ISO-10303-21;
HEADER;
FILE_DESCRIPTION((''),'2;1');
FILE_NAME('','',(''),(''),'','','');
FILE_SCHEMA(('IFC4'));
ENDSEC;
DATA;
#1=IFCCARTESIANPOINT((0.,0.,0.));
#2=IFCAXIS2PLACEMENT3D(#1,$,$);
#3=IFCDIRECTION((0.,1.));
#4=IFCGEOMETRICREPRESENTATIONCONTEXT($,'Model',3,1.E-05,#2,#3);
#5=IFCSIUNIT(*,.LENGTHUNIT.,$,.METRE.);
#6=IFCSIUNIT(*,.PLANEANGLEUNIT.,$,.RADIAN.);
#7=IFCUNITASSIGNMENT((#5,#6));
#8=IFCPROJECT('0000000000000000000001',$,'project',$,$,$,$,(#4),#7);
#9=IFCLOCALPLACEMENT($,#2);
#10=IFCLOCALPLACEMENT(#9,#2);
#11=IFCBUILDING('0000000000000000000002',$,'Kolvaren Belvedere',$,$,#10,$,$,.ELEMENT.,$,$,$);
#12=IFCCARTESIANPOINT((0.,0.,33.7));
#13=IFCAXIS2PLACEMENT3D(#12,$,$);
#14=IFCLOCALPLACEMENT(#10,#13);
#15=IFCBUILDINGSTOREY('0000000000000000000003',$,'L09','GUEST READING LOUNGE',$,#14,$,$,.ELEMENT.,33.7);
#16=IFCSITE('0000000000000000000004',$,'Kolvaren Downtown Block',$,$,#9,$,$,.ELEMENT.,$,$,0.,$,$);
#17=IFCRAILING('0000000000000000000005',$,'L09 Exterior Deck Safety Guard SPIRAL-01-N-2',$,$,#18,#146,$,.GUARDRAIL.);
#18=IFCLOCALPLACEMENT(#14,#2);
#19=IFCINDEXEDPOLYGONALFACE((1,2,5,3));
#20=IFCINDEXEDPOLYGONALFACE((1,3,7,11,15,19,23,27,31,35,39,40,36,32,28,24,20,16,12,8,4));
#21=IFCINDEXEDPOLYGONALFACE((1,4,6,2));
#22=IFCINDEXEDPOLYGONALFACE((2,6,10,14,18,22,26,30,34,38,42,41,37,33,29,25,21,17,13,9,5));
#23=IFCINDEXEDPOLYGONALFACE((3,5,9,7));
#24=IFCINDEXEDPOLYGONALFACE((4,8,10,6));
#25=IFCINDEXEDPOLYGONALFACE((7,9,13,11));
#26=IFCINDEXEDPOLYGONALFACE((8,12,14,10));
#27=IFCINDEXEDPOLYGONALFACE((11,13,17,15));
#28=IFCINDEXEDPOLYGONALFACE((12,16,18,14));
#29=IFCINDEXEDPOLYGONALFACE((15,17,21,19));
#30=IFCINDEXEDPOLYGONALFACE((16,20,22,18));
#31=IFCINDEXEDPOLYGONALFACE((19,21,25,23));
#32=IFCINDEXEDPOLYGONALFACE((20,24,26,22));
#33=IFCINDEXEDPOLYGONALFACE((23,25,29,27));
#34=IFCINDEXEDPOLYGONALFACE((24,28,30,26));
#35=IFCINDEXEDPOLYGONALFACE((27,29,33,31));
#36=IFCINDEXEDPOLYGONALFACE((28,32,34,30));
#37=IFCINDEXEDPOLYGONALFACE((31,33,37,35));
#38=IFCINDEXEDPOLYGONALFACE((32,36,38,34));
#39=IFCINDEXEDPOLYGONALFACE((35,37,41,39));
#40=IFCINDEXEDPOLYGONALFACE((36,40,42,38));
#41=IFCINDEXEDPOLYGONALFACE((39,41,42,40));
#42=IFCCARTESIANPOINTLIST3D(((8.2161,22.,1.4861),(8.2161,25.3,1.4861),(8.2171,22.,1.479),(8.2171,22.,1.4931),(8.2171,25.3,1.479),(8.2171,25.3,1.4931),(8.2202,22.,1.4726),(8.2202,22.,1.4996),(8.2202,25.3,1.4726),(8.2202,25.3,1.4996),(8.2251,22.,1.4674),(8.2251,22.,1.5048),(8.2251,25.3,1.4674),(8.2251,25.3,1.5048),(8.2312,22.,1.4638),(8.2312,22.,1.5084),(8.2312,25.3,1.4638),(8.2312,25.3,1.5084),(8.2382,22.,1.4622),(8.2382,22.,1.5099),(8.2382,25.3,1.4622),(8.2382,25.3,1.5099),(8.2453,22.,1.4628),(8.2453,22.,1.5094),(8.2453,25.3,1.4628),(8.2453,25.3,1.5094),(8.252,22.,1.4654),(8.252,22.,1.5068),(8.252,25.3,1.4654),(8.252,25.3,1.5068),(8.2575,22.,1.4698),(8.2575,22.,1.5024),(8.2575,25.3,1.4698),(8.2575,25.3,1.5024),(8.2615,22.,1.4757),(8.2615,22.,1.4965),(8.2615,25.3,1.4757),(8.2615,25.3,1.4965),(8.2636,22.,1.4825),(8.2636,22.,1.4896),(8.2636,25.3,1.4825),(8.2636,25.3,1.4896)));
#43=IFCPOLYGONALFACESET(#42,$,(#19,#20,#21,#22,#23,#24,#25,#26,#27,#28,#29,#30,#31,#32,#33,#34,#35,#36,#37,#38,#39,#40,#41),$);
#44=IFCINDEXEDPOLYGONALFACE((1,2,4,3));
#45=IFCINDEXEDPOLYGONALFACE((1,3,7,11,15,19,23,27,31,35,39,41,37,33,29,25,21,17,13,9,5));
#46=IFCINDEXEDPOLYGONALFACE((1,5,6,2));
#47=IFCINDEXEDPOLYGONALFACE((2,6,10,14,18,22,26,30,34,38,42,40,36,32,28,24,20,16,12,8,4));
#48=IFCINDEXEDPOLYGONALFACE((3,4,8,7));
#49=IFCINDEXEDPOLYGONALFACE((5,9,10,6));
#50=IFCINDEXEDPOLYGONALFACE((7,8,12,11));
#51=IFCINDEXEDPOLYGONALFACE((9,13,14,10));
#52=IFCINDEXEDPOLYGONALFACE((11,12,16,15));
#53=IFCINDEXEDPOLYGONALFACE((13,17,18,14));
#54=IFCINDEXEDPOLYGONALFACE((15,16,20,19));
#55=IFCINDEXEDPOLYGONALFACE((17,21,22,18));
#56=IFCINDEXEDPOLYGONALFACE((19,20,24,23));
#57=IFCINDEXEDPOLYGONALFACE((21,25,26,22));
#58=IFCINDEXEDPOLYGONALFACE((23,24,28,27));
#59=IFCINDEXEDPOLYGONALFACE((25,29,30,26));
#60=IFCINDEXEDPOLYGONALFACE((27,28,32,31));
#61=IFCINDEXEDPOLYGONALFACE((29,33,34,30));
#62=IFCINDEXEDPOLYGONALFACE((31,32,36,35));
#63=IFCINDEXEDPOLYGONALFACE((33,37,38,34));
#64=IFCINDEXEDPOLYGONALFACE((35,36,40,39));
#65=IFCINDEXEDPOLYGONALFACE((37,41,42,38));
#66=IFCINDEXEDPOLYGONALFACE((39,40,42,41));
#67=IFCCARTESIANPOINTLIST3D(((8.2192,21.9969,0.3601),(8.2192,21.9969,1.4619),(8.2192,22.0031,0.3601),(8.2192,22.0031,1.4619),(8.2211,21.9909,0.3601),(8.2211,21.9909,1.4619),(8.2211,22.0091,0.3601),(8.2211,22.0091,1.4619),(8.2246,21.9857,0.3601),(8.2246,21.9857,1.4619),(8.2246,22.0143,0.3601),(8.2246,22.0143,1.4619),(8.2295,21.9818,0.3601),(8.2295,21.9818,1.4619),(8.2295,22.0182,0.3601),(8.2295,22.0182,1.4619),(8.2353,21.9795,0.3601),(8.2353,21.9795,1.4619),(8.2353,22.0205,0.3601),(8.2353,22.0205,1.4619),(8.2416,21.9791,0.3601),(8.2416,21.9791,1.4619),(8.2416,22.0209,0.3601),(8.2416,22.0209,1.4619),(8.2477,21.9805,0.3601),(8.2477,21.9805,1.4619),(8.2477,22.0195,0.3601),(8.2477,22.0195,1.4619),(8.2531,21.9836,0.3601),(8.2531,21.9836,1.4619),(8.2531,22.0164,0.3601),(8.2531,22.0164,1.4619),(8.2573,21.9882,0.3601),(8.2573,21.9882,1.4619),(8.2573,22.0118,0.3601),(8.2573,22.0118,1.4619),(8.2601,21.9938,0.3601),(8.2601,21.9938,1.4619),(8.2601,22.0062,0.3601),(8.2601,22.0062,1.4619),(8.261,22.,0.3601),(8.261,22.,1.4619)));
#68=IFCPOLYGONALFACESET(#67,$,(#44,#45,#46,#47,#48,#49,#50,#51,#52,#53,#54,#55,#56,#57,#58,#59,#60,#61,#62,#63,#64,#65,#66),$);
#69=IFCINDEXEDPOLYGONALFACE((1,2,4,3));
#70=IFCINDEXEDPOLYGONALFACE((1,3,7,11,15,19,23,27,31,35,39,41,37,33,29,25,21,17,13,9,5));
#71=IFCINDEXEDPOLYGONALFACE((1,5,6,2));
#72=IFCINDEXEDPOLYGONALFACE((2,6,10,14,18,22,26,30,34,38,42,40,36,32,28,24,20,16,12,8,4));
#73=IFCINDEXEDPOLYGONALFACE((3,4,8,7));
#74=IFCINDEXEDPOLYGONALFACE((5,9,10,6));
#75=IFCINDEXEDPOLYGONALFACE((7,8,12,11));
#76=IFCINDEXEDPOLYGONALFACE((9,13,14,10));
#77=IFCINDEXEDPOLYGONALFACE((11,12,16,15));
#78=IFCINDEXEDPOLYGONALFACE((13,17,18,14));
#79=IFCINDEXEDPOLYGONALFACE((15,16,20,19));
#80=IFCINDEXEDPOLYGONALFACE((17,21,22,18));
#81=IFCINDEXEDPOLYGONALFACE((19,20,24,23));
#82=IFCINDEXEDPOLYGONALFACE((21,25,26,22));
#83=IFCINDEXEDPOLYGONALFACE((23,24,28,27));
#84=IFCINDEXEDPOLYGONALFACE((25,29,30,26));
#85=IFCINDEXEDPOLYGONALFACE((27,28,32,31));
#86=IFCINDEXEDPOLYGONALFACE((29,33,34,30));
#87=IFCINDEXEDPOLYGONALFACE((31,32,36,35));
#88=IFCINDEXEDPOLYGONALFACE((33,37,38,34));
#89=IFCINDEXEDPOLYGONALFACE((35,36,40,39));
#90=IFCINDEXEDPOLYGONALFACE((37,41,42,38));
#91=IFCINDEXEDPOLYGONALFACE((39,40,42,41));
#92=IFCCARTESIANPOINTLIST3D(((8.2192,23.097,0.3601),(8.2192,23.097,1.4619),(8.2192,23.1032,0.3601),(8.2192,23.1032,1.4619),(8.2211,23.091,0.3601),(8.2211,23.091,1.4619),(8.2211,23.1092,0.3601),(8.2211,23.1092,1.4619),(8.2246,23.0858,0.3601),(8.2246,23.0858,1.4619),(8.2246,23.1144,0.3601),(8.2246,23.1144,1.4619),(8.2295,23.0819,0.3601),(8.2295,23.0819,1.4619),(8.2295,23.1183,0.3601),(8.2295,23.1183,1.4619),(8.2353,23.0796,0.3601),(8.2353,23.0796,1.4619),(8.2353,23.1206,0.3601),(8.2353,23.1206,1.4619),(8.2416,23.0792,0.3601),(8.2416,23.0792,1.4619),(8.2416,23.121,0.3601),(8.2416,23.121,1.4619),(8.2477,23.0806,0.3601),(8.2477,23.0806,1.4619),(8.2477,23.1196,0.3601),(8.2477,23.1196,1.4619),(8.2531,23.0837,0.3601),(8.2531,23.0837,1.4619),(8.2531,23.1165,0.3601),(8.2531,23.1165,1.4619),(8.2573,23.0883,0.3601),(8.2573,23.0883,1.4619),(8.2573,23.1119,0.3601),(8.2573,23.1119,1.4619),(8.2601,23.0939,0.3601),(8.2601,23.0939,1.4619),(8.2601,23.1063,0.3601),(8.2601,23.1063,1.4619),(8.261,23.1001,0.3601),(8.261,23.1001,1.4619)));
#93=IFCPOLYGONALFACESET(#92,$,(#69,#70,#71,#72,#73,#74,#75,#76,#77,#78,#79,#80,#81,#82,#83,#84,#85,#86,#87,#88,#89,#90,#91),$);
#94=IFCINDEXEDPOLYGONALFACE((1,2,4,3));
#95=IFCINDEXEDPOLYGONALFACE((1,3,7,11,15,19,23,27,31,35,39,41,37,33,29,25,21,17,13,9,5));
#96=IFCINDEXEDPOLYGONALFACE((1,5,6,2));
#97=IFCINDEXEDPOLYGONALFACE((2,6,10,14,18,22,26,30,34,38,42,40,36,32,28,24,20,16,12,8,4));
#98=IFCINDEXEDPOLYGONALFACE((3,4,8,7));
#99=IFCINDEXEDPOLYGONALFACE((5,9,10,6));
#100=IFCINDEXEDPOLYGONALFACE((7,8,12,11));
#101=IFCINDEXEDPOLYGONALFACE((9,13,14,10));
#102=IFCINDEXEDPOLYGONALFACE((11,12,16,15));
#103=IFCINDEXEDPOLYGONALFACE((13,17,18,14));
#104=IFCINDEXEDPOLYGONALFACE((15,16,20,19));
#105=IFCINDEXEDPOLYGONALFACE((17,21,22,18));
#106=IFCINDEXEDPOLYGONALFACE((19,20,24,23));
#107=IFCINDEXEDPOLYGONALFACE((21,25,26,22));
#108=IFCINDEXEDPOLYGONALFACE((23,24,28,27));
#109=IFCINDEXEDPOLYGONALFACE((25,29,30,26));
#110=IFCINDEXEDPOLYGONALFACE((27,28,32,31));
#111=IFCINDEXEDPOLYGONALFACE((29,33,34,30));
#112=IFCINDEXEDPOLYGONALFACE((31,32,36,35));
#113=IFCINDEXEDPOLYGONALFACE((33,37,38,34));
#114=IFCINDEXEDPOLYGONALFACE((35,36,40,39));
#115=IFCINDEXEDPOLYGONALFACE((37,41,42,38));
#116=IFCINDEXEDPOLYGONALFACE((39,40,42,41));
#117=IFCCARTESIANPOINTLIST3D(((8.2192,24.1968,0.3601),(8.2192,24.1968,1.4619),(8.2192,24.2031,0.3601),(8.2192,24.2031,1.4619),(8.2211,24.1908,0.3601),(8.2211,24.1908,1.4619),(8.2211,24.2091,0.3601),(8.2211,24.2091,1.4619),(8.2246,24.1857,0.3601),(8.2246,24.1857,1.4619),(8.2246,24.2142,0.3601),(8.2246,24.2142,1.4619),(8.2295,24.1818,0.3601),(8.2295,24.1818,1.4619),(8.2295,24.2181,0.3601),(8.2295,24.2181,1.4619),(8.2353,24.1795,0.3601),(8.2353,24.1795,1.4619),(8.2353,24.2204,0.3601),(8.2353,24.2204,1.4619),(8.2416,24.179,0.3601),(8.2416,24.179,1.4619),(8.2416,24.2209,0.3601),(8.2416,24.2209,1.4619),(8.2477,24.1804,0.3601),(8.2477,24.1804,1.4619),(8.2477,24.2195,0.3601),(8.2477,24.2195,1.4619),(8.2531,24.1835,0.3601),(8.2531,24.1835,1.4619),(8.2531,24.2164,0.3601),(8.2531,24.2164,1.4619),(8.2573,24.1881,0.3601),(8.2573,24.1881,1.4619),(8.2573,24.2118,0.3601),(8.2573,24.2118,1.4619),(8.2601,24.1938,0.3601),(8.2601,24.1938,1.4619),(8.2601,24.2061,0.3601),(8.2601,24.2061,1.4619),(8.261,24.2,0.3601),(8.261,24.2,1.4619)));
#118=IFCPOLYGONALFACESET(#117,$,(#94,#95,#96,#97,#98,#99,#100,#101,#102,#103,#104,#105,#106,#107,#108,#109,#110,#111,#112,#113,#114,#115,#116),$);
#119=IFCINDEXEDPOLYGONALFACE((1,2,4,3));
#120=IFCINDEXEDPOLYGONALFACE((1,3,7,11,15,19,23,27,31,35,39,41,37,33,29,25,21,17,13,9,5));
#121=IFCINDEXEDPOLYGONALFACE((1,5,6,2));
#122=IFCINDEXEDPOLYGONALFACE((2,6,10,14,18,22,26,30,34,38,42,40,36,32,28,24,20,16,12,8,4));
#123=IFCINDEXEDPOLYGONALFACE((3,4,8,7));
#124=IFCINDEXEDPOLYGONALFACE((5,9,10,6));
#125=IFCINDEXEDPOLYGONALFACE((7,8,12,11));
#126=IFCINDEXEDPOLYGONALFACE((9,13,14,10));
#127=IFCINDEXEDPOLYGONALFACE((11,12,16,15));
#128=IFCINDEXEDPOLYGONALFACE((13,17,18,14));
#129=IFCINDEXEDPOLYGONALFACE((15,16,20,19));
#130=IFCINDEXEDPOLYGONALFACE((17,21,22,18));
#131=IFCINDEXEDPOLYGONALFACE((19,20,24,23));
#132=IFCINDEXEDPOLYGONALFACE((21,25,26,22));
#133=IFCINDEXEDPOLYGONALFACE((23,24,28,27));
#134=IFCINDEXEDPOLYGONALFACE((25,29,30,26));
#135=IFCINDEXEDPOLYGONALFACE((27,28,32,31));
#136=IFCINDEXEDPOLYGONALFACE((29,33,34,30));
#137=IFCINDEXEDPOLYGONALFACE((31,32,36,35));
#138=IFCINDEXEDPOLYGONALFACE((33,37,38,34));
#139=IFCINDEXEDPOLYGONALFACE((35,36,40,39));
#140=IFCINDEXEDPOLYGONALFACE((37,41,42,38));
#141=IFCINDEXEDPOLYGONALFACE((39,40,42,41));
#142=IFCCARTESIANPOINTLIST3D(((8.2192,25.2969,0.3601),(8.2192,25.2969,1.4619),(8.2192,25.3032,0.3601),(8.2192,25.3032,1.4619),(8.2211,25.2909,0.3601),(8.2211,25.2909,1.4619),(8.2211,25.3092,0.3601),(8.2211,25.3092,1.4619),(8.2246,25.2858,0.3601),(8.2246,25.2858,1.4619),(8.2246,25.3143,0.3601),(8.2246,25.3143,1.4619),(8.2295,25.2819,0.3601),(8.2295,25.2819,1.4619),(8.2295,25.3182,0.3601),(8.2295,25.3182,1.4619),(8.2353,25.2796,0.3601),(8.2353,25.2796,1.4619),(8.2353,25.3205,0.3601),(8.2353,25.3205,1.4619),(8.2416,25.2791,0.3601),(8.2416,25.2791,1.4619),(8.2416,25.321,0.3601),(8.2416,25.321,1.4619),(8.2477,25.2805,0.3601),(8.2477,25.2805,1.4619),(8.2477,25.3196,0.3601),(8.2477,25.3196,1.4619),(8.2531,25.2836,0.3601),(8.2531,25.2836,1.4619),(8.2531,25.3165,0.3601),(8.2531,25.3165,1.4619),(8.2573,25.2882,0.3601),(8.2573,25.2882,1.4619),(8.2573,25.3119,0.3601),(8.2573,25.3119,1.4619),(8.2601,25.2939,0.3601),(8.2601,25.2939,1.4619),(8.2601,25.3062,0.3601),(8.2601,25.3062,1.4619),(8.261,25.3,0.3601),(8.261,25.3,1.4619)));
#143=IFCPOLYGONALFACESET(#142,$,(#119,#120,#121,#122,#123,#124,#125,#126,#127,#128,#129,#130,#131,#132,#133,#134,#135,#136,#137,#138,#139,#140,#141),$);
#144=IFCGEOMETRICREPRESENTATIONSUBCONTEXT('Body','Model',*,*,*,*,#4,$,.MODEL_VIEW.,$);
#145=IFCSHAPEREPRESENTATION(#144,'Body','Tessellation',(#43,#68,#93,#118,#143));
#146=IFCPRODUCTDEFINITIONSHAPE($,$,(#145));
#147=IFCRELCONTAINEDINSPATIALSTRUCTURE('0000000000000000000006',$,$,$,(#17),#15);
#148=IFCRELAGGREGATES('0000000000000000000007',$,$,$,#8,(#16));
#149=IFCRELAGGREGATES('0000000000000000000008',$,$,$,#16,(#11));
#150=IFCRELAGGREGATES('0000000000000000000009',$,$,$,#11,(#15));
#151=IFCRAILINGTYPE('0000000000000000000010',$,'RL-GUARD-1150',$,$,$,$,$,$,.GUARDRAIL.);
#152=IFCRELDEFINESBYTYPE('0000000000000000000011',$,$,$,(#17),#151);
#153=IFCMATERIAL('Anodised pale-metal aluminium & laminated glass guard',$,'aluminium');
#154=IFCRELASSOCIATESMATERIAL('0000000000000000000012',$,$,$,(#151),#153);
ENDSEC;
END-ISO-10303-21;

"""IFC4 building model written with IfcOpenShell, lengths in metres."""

from ifc_helpers import new_model, si_unit, direction, frame, origin, origin_2d, place, context, subcontext, project, spatial, circle, extrude, material, type_object, element, save


model = new_model("IFC4")

# Units and contexts
model_context = context("Model", 3, precision=1e-05, world=origin(), true_north=direction((0.0, 1.0)))
body_context = subcontext(model_context, "Body", "Model", "MODEL_VIEW")
ifc_project = project(units=[si_unit("LENGTHUNIT", "METRE"), si_unit("PLANEANGLEUNIT", "RADIAN")], contexts=[model_context])

# Site, building, storey
site_placement = place(None, origin())
site = spatial("IfcSite", under=ifc_project, at=site_placement, Name="Kolvaren Downtown Block", CompositionType="ELEMENT", RefElevation=0.0)
building_placement = place(site_placement, origin())
building = spatial("IfcBuilding", under=site, at=building_placement, Name="Kolvaren Belvedere", CompositionType="ELEMENT")
storey_placement = place(building_placement, frame((0.0, 0.0, 33.7)))
storey = spatial("IfcBuildingStorey", under=building, at=storey_placement, Name="L09", Description="GUEST READING LOUNGE", CompositionType="ELEMENT", Elevation=33.7)

# Railing
ifc_material_1 = material(Name="Anodised pale-metal aluminium & laminated glass guard", Category="aluminium")
railing_type = type_object("IfcRailingType", Name="RL-GUARD-1150", PredefinedType="GUARDRAIL", material=ifc_material_1)
railing_1_placement = place(storey_placement, frame((8.24, 22.0, 0.3601)))
element("IfcRailing", 1, at=railing_1_placement, inside=storey, type_object=railing_type, Name="L09 Exterior Deck Safety Guard SPIRAL-01-N-2", PredefinedType="GUARDRAIL", context=body_context, shape_type="SweptSolid", body=[
    extrude(circle(Radius=0.0239, at=origin_2d()), frame((0.0, 0.0, 1.126), z_axis=(0.0, 1.0, 0.0), x_axis=(-1.0, 0.0, 0.0)), (0.0, 0.0, 1.0), 3.3),
    extrude(circle(Radius=0.021, at=origin_2d()), origin(), (0.0, 0.0, 1.0), 1.1018),
    extrude(circle(Radius=0.021, at=origin_2d()), frame((0.0, 1.1001, 0.0)), (0.0, 0.0, 1.0), 1.1018),
    extrude(circle(Radius=0.021, at=origin_2d()), frame((0.0, 2.2, 0.0)), (0.0, 0.0, 1.0), 1.1018),
    extrude(circle(Radius=0.021, at=origin_2d()), frame((0.0, 3.3, 0.0)), (0.0, 0.0, 1.0), 1.1018),
])

save(model, "model.ifc")
